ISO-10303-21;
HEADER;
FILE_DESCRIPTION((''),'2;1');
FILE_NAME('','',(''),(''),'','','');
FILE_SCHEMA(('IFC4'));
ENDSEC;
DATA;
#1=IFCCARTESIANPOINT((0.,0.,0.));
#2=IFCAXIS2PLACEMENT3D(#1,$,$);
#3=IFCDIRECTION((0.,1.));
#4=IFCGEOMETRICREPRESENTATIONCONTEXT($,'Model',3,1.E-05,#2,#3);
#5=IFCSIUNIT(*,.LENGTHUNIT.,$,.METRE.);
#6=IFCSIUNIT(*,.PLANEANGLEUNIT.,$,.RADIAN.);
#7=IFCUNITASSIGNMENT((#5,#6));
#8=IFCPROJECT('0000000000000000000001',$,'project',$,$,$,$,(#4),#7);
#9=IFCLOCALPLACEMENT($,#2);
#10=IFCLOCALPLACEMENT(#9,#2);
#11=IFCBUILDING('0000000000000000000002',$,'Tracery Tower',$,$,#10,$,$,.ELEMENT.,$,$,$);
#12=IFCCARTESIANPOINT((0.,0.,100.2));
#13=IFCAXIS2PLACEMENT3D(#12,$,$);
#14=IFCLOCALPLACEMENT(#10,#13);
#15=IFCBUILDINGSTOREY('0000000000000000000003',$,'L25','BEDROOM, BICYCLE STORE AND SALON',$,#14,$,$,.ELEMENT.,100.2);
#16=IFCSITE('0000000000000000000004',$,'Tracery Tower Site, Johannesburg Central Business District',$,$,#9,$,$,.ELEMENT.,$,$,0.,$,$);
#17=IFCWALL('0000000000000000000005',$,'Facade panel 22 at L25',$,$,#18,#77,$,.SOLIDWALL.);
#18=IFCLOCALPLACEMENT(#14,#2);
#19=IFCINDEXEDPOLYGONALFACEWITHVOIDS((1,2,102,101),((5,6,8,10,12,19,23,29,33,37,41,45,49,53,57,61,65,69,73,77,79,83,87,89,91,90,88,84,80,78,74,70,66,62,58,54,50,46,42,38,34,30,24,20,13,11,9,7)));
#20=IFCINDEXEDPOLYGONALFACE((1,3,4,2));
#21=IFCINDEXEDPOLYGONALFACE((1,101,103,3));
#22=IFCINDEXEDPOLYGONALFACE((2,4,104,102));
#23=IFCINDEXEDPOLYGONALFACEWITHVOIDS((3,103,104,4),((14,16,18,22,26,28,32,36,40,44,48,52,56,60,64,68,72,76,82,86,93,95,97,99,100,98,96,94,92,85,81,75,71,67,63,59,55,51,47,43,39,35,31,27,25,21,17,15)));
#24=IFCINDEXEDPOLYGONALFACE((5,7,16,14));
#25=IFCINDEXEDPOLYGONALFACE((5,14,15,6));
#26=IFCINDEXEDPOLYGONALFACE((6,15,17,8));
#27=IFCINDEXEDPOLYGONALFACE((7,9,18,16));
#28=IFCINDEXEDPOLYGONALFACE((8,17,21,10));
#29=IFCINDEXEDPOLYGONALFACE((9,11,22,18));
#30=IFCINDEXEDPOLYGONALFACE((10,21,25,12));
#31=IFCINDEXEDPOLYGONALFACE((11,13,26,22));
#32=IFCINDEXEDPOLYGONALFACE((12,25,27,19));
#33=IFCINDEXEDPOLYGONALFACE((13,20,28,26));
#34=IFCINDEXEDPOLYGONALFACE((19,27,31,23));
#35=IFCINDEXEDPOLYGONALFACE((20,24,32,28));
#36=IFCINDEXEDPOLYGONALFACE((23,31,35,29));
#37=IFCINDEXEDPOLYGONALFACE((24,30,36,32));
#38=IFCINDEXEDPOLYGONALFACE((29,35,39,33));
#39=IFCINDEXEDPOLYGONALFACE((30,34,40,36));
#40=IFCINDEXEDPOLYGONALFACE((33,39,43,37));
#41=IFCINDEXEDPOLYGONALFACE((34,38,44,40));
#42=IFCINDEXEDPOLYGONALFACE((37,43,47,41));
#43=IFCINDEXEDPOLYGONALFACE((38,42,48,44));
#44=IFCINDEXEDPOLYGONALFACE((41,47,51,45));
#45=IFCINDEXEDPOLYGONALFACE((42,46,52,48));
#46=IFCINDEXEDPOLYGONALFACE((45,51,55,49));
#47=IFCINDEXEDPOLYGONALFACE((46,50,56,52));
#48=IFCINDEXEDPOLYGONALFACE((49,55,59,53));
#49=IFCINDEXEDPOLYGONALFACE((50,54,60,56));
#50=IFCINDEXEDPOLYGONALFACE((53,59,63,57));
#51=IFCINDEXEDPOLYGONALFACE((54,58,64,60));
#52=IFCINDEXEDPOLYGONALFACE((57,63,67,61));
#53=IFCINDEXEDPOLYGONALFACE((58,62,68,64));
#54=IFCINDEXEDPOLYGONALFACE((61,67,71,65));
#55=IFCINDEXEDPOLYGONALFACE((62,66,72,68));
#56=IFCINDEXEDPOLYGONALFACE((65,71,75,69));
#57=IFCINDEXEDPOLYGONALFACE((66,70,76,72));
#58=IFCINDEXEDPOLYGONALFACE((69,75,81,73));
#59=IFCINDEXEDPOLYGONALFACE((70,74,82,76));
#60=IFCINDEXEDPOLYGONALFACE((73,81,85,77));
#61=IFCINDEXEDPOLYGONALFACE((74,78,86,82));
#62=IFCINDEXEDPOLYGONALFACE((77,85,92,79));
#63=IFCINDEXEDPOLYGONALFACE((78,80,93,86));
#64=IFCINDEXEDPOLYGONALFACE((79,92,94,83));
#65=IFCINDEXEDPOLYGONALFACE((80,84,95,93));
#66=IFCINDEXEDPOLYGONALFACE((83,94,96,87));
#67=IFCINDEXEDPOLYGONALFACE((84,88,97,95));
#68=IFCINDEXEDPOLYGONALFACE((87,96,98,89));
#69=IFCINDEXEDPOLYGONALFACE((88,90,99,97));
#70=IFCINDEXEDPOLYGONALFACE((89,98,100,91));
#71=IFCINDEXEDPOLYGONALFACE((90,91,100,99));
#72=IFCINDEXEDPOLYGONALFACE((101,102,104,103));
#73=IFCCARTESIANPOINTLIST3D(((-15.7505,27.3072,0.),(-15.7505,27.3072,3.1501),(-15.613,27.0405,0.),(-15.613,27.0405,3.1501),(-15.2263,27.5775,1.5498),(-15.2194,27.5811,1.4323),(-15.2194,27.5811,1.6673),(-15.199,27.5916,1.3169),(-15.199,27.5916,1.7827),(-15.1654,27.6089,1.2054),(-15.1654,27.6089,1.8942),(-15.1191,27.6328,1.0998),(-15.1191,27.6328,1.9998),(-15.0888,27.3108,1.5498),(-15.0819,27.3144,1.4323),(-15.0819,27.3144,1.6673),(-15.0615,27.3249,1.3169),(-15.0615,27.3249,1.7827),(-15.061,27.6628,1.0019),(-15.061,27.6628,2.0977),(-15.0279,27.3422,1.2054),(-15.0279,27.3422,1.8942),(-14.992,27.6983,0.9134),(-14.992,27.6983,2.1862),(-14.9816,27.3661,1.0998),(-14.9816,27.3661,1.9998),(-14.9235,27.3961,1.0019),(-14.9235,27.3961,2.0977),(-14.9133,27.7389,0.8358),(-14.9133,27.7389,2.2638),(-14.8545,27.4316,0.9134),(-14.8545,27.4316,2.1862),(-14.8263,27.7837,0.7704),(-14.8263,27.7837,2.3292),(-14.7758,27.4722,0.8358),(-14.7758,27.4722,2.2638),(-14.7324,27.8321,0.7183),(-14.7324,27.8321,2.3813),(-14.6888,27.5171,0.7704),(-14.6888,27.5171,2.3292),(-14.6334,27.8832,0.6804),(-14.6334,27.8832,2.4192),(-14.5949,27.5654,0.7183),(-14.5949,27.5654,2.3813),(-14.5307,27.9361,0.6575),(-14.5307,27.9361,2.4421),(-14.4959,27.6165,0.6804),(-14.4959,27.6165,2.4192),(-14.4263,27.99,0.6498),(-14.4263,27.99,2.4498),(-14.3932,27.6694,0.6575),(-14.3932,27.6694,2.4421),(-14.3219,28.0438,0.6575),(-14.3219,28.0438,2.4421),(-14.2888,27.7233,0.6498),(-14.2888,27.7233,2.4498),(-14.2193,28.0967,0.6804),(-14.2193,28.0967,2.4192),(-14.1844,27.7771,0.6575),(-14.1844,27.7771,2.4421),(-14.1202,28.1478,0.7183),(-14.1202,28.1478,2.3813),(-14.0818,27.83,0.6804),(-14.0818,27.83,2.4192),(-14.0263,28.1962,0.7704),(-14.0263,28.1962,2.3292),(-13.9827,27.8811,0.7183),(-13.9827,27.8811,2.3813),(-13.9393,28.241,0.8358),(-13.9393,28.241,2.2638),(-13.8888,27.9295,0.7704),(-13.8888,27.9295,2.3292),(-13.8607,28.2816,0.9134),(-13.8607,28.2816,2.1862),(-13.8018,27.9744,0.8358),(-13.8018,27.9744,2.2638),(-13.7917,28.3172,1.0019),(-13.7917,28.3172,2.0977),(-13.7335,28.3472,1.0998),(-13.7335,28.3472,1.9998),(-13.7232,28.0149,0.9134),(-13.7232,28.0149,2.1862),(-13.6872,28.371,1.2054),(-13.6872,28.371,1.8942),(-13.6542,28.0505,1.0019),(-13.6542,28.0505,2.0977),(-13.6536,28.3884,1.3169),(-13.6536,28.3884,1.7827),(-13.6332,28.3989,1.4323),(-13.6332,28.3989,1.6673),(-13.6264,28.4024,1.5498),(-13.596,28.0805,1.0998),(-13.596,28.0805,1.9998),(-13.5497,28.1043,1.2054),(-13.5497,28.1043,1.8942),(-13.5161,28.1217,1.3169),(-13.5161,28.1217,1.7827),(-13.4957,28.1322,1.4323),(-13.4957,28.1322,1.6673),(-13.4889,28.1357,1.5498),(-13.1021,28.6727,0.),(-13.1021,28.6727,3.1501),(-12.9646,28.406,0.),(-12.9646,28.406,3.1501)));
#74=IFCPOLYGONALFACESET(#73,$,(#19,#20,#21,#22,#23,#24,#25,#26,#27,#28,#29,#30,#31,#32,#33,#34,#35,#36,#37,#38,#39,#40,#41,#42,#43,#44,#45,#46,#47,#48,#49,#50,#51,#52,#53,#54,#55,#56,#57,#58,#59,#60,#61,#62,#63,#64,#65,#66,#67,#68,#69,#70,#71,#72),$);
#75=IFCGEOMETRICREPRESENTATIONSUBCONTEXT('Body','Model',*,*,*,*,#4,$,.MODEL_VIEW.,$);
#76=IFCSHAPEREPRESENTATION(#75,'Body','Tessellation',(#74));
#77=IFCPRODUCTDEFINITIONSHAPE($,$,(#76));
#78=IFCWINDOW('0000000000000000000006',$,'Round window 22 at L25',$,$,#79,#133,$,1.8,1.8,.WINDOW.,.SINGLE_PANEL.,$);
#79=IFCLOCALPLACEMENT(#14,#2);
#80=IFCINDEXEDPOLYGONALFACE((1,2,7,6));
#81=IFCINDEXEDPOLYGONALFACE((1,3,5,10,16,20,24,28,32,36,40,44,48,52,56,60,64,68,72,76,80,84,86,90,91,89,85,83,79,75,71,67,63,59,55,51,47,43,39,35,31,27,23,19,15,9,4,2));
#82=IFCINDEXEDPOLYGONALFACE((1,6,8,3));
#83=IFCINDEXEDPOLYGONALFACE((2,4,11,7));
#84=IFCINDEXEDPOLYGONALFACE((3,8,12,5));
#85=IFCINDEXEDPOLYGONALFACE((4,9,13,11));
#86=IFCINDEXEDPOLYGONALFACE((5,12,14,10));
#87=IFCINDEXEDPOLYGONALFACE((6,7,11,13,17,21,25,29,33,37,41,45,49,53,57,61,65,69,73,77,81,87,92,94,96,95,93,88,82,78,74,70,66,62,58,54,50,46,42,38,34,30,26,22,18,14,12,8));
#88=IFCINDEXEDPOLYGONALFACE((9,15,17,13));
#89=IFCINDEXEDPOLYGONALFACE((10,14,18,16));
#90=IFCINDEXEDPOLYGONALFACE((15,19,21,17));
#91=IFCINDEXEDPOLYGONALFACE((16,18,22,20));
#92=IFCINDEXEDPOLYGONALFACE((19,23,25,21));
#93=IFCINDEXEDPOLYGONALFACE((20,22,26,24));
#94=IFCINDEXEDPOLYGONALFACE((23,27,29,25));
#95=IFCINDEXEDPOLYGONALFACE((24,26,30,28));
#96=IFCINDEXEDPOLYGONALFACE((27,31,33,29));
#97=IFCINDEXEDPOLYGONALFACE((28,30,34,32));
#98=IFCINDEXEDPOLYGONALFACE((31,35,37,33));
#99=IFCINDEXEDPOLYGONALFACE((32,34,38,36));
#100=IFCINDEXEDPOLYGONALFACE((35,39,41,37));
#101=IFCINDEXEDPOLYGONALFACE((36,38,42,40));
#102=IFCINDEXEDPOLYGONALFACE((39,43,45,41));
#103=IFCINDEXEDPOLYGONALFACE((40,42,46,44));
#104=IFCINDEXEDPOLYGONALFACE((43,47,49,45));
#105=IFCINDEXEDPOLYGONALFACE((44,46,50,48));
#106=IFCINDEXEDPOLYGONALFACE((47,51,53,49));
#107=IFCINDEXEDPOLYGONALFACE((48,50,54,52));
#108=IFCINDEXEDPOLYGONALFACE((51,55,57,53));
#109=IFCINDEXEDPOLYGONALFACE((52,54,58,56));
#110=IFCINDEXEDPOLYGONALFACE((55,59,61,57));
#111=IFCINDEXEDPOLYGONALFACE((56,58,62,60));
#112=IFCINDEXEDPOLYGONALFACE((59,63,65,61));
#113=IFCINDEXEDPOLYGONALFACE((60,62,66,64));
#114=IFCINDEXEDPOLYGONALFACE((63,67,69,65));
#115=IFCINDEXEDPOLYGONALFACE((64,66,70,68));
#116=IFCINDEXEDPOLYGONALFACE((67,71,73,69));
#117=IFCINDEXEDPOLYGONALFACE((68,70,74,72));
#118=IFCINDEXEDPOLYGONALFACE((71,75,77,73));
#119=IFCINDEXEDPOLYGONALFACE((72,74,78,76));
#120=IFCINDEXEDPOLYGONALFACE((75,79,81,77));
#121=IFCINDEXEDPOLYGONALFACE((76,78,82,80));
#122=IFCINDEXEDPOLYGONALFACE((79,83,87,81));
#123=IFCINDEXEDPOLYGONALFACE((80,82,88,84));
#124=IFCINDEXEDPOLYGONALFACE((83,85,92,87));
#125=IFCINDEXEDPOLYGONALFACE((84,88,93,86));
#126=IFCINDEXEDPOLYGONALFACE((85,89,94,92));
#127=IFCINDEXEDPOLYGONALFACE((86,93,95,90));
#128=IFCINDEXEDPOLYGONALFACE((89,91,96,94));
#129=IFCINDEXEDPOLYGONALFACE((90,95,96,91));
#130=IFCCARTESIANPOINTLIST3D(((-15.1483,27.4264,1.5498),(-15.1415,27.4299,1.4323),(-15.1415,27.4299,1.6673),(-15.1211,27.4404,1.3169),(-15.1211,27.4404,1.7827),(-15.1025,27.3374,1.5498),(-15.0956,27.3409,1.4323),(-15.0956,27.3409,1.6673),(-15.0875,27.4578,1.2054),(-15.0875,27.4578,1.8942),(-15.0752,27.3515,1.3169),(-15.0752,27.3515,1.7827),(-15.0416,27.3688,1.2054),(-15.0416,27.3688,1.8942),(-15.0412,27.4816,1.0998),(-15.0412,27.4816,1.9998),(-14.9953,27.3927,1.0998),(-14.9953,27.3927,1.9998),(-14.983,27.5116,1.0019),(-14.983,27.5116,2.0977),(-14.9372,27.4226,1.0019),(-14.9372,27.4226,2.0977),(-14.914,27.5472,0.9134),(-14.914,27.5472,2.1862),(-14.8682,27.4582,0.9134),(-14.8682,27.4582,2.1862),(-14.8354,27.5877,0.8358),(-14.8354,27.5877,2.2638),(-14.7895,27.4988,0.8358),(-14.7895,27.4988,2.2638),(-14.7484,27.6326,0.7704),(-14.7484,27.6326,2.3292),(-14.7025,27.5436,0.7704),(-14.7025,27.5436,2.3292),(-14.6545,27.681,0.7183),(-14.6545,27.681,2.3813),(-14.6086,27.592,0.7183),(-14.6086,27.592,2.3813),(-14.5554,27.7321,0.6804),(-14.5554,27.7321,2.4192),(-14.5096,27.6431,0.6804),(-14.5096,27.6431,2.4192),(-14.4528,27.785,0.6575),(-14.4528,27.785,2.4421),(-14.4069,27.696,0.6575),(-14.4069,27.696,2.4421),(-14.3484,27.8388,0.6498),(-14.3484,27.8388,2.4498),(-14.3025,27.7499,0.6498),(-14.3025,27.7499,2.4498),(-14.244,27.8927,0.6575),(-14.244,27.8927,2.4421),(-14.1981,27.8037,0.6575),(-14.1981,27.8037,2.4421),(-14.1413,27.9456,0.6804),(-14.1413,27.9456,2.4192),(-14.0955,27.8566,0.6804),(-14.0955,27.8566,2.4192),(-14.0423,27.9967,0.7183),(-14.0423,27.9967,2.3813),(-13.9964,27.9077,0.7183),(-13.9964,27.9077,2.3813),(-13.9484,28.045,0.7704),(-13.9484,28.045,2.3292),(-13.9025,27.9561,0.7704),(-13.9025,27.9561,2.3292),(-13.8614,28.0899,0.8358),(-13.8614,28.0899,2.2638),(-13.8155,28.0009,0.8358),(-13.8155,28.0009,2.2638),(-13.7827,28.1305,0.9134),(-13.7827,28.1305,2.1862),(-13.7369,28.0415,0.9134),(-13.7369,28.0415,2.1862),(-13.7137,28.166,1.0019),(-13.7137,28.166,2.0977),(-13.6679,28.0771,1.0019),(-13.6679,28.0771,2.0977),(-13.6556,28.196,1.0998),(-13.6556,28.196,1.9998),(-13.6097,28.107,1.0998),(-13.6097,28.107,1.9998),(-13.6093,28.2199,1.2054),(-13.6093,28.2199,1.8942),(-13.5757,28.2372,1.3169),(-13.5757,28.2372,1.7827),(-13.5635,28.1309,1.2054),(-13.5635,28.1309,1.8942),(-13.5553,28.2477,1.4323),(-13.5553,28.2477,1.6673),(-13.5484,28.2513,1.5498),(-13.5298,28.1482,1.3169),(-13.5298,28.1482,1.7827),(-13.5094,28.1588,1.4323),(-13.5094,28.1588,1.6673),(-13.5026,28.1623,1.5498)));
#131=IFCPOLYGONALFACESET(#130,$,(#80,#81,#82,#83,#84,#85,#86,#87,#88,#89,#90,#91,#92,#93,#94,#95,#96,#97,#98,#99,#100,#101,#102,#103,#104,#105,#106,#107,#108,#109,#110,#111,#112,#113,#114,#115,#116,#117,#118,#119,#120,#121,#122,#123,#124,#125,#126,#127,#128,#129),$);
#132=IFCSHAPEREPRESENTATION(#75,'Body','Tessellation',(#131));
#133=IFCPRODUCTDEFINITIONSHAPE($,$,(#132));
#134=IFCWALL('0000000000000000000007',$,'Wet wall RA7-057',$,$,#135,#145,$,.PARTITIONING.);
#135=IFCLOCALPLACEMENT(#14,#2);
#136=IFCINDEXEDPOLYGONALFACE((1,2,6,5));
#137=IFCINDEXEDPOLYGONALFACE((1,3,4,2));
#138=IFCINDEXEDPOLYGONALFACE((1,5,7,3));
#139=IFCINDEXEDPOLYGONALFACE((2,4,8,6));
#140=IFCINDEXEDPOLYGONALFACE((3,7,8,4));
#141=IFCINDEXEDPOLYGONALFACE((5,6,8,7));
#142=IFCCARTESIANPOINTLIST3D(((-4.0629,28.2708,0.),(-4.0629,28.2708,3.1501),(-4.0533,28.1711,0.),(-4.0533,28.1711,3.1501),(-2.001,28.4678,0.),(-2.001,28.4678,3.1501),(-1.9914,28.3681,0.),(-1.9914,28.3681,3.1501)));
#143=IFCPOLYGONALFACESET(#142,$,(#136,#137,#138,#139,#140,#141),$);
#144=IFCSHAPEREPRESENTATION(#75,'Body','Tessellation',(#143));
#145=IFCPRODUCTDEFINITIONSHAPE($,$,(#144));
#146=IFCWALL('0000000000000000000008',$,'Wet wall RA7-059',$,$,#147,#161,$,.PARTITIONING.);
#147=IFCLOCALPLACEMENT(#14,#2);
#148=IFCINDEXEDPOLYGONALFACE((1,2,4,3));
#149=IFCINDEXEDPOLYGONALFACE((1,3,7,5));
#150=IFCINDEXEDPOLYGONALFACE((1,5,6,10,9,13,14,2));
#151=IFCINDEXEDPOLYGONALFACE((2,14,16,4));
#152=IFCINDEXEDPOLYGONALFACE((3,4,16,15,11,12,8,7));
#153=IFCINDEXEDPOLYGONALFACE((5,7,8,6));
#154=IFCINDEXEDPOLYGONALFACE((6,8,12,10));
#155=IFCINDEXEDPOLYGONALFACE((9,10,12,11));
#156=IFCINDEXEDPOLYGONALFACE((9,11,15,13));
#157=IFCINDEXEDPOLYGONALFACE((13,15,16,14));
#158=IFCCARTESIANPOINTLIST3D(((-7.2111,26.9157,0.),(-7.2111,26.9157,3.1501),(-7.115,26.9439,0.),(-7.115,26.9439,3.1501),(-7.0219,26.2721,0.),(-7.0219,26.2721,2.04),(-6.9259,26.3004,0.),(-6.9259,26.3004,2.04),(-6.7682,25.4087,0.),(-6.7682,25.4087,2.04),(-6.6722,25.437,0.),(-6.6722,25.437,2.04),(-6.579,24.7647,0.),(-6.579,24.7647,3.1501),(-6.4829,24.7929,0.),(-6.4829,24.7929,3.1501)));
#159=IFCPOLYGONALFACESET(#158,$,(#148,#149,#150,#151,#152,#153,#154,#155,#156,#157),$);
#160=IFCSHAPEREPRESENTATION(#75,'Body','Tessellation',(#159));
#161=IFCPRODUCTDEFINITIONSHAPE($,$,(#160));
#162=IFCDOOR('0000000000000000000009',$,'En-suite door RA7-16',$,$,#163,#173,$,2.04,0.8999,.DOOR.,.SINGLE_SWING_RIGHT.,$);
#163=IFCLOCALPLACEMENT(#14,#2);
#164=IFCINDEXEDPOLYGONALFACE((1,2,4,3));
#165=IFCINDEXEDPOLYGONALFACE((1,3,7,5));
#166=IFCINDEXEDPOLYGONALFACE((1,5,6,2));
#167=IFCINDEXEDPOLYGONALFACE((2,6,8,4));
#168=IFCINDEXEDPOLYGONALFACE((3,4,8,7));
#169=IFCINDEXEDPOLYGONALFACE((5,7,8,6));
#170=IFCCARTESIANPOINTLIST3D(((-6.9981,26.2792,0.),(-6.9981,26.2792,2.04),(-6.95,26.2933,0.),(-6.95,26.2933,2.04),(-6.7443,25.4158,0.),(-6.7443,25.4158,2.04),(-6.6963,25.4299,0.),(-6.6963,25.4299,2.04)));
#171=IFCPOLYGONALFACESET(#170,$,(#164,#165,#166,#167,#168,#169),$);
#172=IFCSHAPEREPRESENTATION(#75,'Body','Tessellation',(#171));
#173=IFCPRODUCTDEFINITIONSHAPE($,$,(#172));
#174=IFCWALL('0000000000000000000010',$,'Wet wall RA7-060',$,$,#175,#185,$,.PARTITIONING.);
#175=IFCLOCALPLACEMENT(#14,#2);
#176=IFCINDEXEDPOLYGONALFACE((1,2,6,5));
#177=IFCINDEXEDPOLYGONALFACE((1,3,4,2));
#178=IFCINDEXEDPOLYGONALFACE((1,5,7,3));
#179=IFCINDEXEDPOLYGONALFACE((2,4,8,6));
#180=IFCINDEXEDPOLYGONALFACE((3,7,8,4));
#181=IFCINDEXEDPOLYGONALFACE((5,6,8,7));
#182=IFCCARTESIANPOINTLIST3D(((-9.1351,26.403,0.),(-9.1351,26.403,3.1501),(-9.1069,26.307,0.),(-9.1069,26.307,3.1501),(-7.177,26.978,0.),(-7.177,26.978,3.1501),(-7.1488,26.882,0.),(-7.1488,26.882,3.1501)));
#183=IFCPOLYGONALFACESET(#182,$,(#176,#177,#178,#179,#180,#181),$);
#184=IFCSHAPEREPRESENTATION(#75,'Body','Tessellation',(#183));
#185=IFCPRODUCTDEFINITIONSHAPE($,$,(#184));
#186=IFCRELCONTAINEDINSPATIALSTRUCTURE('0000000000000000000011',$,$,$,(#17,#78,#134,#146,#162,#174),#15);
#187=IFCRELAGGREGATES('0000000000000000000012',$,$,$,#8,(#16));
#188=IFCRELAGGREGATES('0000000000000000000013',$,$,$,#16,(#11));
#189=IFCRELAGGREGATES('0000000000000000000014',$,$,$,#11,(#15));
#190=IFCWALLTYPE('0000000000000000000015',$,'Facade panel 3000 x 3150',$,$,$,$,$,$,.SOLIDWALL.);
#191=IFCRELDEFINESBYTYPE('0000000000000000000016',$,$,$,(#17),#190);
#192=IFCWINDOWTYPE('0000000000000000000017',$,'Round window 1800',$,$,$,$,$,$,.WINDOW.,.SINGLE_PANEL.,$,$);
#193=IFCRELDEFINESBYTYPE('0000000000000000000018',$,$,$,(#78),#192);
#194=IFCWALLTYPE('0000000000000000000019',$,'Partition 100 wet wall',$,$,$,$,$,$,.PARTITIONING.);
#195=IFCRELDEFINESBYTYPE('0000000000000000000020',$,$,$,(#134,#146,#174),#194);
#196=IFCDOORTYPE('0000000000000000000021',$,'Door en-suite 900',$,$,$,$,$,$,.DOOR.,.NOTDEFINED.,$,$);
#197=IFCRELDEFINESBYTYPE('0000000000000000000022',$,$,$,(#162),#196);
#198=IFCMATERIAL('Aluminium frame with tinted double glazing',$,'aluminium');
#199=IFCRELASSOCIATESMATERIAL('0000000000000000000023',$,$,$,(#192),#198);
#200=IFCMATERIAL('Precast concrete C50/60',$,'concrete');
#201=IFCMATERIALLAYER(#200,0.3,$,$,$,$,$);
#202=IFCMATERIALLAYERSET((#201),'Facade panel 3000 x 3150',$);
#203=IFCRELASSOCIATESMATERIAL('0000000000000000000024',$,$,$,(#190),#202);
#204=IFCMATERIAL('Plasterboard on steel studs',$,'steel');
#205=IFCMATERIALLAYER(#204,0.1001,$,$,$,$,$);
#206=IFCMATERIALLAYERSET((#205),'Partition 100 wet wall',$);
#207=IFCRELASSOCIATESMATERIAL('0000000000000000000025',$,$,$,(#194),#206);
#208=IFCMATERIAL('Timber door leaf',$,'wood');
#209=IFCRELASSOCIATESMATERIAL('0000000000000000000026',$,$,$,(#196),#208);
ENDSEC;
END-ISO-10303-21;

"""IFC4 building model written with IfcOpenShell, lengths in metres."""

from ifc_helpers import new_model, si_unit, direction, frame, frame_2d, origin, origin_2d, place, context, subcontext, project, spatial, rectangle, circle, extrude, material, layer, layer_set, type_object, element, fill, save


model = new_model("IFC4")

# Units and contexts
model_context = context("Model", 3, precision=1e-05, world=origin(), true_north=direction((0.0, 1.0)))
body_context = subcontext(model_context, "Body", "Model", "MODEL_VIEW")
ifc_project = project(units=[si_unit("LENGTHUNIT", "METRE"), si_unit("PLANEANGLEUNIT", "RADIAN")], contexts=[model_context])

# Site, building, storey
site_placement = place(None, origin())
site = spatial("IfcSite", under=ifc_project, at=site_placement, Name="Tracery Tower Site, Johannesburg Central Business District", CompositionType="ELEMENT", RefElevation=0.0)
building_placement = place(site_placement, origin())
building = spatial("IfcBuilding", under=site, at=building_placement, Name="Tracery Tower", CompositionType="ELEMENT")
storey_placement = place(building_placement, frame((0.0, 0.0, 100.2)))
storey = spatial("IfcBuildingStorey", under=building, at=storey_placement, Name="L25", Description="BEDROOM, BICYCLE STORE AND SALON", CompositionType="ELEMENT", Elevation=100.2)

# Wall, opening, window
ifc_material_1 = material(Name="Aluminium frame with tinted double glazing", Category="aluminium")
window_type = type_object("IfcWindowType", Name="Round window 1800", PartitioningType="SINGLE_PANEL", PredefinedType="WINDOW", material=ifc_material_1)
ifc_material_2 = material(Name="Precast concrete C50/60", Category="concrete")
ifc_layer_1 = layer(ifc_material_2, 0.3)
ifc_layer_set_1 = layer_set([ifc_layer_1], Name="Facade panel 3000 x 3150")
wall_type_1 = type_object("IfcWallType", Name="Facade panel 3000 x 3150", PredefinedType="SOLIDWALL", material=ifc_layer_set_1)
wall_1_placement = place(storey_placement, frame((-13.0334, 28.5393, 0.0), z_axis=(0.0, 0.0, 1.0), x_axis=(-0.88882, -0.458257, 0.0)))
wall_1 = element("IfcWall", 1, at=wall_1_placement, inside=storey, type_object=wall_type_1, Name="Facade panel 22 at L25", PredefinedType="SOLIDWALL", context=body_context, shape_type="SweptSolid", body=[
    extrude(rectangle(XDim=2.9797, YDim=0.3, at=frame_2d((1.4897, 0.0))), origin(), (0.0, 0.0, 1.0), 3.1501),
])
opening_1_placement = place(wall_1_placement, frame((1.4897, 0.0, 1.5498)))
opening_1 = element("IfcOpeningElement", 2, at=opening_1_placement, cuts=wall_1, PredefinedType="OPENING", context=body_context, shape_type="SweptSolid", body=[
    extrude(circle(Radius=0.9, at=origin_2d()), frame((0.0, 0.1599, 0.0), z_axis=(0.0, -1.0, 0.0), x_axis=(1.0, 0.0, 0.0)), (0.0, 0.0, 1.0), 0.3201),
])
window_1_placement = place(opening_1_placement, origin())
window_1 = element("IfcWindow", 3, at=window_1_placement, inside=storey, type_object=window_type, Name="Round window 22 at L25", OverallHeight=1.8, OverallWidth=1.8, PartitioningType="SINGLE_PANEL", PredefinedType="WINDOW", context=body_context, shape_type="SweptSolid", body=[
    extrude(circle(Radius=0.9, at=origin_2d()), frame((0.0, 0.1201, 0.0), z_axis=(0.0, -1.0, 0.0), x_axis=(1.0, 0.0, 0.0)), (0.0, 0.0, 1.0), 0.1001),
])
fill(opening_1, window_1)

# Wall
ifc_material_3 = material(Name="Plasterboard on steel studs", Category="steel")
ifc_layer_2 = layer(ifc_material_3, 0.1001)
ifc_layer_set_2 = layer_set([ifc_layer_2], Name="Partition 100 wet wall")
wall_type_2 = type_object("IfcWallType", Name="Partition 100 wet wall", PredefinedType="PARTITIONING", material=ifc_layer_set_2)
wall_2_placement = place(storey_placement, frame((-4.0581, 28.2209, 0.0), z_axis=(0.0, 0.0, 1.0), x_axis=(0.995466, 0.095115, 0.0)))
element("IfcWall", 4, at=wall_2_placement, inside=storey, type_object=wall_type_2, Name="Wet wall RA7-057", PredefinedType="PARTITIONING", context=body_context, shape_type="SweptSolid", body=[
    extrude(rectangle(XDim=2.0713, YDim=0.1001, at=frame_2d((1.0356, 0.0))), origin(), (0.0, 0.0, 1.0), 3.1501),
])

# Wall, opening, door
wall_3_placement = place(storey_placement, frame((-7.1631, 26.9299, 0.0), z_axis=(0.0, 0.0, 1.0), x_axis=(0.281948, -0.95943, 0.0)))
wall_3 = element("IfcWall", 5, at=wall_3_placement, inside=storey, type_object=wall_type_2, Name="Wet wall RA7-059", PredefinedType="PARTITIONING", context=body_context, shape_type="SweptSolid", body=[
    extrude(rectangle(XDim=2.2419, YDim=0.1001, at=frame_2d((1.1211, 0.0))), origin(), (0.0, 0.0, 1.0), 3.1501),
])
opening_2_placement = place(wall_3_placement, frame((0.6709, 0.0, 0.0)))
opening_2 = element("IfcOpeningElement", 6, at=opening_2_placement, cuts=wall_3, PredefinedType="OPENING", context=body_context, shape_type="SweptSolid", body=[
    extrude(rectangle(XDim=0.8999, YDim=2.04, at=frame_2d((0.45, 1.02))), frame((0.0, 0.05, 0.0), z_axis=(0.0, -1.0, 0.0), x_axis=(1.0, 0.0, 0.0)), (0.0, 0.0, 1.0), 0.1001),
])
ifc_material_4 = material(Name="Timber door leaf", Category="wood")
door_type_1 = type_object("IfcDoorType", Name="Door en-suite 900", OperationType="NOTDEFINED", PredefinedType="DOOR", material=ifc_material_4)
door_1_placement = place(opening_2_placement, origin())
door_1 = element("IfcDoor", 7, at=door_1_placement, inside=storey, type_object=door_type_1, Name="En-suite door RA7-16", OperationType="SINGLE_SWING_RIGHT", OverallHeight=2.04, OverallWidth=0.8999, PredefinedType="DOOR", context=body_context, shape_type="SweptSolid", body=[
    extrude(rectangle(XDim=0.8999, YDim=2.04, at=frame_2d((0.45, 1.02))), frame((0.0, 0.0249, 0.0), z_axis=(0.0, -1.0, 0.0), x_axis=(1.0, 0.0, 0.0)), (0.0, 0.0, 1.0), 0.05),
])
fill(opening_2, door_1)

# Wall
wall_4_placement = place(storey_placement, frame((-9.1211, 26.355, 0.0), z_axis=(0.0, 0.0, 1.0), x_axis=(0.959489, 0.281745, 0.0)))
element("IfcWall", 8, at=wall_4_placement, inside=storey, type_object=wall_type_2, Name="Wet wall RA7-060", PredefinedType="PARTITIONING", context=body_context, shape_type="SweptSolid", body=[
    extrude(rectangle(XDim=2.0408, YDim=0.1001, at=frame_2d((1.0205, 0.0))), origin(), (0.0, 0.0, 1.0), 3.1501),
])

save(model, "model.ifc")
